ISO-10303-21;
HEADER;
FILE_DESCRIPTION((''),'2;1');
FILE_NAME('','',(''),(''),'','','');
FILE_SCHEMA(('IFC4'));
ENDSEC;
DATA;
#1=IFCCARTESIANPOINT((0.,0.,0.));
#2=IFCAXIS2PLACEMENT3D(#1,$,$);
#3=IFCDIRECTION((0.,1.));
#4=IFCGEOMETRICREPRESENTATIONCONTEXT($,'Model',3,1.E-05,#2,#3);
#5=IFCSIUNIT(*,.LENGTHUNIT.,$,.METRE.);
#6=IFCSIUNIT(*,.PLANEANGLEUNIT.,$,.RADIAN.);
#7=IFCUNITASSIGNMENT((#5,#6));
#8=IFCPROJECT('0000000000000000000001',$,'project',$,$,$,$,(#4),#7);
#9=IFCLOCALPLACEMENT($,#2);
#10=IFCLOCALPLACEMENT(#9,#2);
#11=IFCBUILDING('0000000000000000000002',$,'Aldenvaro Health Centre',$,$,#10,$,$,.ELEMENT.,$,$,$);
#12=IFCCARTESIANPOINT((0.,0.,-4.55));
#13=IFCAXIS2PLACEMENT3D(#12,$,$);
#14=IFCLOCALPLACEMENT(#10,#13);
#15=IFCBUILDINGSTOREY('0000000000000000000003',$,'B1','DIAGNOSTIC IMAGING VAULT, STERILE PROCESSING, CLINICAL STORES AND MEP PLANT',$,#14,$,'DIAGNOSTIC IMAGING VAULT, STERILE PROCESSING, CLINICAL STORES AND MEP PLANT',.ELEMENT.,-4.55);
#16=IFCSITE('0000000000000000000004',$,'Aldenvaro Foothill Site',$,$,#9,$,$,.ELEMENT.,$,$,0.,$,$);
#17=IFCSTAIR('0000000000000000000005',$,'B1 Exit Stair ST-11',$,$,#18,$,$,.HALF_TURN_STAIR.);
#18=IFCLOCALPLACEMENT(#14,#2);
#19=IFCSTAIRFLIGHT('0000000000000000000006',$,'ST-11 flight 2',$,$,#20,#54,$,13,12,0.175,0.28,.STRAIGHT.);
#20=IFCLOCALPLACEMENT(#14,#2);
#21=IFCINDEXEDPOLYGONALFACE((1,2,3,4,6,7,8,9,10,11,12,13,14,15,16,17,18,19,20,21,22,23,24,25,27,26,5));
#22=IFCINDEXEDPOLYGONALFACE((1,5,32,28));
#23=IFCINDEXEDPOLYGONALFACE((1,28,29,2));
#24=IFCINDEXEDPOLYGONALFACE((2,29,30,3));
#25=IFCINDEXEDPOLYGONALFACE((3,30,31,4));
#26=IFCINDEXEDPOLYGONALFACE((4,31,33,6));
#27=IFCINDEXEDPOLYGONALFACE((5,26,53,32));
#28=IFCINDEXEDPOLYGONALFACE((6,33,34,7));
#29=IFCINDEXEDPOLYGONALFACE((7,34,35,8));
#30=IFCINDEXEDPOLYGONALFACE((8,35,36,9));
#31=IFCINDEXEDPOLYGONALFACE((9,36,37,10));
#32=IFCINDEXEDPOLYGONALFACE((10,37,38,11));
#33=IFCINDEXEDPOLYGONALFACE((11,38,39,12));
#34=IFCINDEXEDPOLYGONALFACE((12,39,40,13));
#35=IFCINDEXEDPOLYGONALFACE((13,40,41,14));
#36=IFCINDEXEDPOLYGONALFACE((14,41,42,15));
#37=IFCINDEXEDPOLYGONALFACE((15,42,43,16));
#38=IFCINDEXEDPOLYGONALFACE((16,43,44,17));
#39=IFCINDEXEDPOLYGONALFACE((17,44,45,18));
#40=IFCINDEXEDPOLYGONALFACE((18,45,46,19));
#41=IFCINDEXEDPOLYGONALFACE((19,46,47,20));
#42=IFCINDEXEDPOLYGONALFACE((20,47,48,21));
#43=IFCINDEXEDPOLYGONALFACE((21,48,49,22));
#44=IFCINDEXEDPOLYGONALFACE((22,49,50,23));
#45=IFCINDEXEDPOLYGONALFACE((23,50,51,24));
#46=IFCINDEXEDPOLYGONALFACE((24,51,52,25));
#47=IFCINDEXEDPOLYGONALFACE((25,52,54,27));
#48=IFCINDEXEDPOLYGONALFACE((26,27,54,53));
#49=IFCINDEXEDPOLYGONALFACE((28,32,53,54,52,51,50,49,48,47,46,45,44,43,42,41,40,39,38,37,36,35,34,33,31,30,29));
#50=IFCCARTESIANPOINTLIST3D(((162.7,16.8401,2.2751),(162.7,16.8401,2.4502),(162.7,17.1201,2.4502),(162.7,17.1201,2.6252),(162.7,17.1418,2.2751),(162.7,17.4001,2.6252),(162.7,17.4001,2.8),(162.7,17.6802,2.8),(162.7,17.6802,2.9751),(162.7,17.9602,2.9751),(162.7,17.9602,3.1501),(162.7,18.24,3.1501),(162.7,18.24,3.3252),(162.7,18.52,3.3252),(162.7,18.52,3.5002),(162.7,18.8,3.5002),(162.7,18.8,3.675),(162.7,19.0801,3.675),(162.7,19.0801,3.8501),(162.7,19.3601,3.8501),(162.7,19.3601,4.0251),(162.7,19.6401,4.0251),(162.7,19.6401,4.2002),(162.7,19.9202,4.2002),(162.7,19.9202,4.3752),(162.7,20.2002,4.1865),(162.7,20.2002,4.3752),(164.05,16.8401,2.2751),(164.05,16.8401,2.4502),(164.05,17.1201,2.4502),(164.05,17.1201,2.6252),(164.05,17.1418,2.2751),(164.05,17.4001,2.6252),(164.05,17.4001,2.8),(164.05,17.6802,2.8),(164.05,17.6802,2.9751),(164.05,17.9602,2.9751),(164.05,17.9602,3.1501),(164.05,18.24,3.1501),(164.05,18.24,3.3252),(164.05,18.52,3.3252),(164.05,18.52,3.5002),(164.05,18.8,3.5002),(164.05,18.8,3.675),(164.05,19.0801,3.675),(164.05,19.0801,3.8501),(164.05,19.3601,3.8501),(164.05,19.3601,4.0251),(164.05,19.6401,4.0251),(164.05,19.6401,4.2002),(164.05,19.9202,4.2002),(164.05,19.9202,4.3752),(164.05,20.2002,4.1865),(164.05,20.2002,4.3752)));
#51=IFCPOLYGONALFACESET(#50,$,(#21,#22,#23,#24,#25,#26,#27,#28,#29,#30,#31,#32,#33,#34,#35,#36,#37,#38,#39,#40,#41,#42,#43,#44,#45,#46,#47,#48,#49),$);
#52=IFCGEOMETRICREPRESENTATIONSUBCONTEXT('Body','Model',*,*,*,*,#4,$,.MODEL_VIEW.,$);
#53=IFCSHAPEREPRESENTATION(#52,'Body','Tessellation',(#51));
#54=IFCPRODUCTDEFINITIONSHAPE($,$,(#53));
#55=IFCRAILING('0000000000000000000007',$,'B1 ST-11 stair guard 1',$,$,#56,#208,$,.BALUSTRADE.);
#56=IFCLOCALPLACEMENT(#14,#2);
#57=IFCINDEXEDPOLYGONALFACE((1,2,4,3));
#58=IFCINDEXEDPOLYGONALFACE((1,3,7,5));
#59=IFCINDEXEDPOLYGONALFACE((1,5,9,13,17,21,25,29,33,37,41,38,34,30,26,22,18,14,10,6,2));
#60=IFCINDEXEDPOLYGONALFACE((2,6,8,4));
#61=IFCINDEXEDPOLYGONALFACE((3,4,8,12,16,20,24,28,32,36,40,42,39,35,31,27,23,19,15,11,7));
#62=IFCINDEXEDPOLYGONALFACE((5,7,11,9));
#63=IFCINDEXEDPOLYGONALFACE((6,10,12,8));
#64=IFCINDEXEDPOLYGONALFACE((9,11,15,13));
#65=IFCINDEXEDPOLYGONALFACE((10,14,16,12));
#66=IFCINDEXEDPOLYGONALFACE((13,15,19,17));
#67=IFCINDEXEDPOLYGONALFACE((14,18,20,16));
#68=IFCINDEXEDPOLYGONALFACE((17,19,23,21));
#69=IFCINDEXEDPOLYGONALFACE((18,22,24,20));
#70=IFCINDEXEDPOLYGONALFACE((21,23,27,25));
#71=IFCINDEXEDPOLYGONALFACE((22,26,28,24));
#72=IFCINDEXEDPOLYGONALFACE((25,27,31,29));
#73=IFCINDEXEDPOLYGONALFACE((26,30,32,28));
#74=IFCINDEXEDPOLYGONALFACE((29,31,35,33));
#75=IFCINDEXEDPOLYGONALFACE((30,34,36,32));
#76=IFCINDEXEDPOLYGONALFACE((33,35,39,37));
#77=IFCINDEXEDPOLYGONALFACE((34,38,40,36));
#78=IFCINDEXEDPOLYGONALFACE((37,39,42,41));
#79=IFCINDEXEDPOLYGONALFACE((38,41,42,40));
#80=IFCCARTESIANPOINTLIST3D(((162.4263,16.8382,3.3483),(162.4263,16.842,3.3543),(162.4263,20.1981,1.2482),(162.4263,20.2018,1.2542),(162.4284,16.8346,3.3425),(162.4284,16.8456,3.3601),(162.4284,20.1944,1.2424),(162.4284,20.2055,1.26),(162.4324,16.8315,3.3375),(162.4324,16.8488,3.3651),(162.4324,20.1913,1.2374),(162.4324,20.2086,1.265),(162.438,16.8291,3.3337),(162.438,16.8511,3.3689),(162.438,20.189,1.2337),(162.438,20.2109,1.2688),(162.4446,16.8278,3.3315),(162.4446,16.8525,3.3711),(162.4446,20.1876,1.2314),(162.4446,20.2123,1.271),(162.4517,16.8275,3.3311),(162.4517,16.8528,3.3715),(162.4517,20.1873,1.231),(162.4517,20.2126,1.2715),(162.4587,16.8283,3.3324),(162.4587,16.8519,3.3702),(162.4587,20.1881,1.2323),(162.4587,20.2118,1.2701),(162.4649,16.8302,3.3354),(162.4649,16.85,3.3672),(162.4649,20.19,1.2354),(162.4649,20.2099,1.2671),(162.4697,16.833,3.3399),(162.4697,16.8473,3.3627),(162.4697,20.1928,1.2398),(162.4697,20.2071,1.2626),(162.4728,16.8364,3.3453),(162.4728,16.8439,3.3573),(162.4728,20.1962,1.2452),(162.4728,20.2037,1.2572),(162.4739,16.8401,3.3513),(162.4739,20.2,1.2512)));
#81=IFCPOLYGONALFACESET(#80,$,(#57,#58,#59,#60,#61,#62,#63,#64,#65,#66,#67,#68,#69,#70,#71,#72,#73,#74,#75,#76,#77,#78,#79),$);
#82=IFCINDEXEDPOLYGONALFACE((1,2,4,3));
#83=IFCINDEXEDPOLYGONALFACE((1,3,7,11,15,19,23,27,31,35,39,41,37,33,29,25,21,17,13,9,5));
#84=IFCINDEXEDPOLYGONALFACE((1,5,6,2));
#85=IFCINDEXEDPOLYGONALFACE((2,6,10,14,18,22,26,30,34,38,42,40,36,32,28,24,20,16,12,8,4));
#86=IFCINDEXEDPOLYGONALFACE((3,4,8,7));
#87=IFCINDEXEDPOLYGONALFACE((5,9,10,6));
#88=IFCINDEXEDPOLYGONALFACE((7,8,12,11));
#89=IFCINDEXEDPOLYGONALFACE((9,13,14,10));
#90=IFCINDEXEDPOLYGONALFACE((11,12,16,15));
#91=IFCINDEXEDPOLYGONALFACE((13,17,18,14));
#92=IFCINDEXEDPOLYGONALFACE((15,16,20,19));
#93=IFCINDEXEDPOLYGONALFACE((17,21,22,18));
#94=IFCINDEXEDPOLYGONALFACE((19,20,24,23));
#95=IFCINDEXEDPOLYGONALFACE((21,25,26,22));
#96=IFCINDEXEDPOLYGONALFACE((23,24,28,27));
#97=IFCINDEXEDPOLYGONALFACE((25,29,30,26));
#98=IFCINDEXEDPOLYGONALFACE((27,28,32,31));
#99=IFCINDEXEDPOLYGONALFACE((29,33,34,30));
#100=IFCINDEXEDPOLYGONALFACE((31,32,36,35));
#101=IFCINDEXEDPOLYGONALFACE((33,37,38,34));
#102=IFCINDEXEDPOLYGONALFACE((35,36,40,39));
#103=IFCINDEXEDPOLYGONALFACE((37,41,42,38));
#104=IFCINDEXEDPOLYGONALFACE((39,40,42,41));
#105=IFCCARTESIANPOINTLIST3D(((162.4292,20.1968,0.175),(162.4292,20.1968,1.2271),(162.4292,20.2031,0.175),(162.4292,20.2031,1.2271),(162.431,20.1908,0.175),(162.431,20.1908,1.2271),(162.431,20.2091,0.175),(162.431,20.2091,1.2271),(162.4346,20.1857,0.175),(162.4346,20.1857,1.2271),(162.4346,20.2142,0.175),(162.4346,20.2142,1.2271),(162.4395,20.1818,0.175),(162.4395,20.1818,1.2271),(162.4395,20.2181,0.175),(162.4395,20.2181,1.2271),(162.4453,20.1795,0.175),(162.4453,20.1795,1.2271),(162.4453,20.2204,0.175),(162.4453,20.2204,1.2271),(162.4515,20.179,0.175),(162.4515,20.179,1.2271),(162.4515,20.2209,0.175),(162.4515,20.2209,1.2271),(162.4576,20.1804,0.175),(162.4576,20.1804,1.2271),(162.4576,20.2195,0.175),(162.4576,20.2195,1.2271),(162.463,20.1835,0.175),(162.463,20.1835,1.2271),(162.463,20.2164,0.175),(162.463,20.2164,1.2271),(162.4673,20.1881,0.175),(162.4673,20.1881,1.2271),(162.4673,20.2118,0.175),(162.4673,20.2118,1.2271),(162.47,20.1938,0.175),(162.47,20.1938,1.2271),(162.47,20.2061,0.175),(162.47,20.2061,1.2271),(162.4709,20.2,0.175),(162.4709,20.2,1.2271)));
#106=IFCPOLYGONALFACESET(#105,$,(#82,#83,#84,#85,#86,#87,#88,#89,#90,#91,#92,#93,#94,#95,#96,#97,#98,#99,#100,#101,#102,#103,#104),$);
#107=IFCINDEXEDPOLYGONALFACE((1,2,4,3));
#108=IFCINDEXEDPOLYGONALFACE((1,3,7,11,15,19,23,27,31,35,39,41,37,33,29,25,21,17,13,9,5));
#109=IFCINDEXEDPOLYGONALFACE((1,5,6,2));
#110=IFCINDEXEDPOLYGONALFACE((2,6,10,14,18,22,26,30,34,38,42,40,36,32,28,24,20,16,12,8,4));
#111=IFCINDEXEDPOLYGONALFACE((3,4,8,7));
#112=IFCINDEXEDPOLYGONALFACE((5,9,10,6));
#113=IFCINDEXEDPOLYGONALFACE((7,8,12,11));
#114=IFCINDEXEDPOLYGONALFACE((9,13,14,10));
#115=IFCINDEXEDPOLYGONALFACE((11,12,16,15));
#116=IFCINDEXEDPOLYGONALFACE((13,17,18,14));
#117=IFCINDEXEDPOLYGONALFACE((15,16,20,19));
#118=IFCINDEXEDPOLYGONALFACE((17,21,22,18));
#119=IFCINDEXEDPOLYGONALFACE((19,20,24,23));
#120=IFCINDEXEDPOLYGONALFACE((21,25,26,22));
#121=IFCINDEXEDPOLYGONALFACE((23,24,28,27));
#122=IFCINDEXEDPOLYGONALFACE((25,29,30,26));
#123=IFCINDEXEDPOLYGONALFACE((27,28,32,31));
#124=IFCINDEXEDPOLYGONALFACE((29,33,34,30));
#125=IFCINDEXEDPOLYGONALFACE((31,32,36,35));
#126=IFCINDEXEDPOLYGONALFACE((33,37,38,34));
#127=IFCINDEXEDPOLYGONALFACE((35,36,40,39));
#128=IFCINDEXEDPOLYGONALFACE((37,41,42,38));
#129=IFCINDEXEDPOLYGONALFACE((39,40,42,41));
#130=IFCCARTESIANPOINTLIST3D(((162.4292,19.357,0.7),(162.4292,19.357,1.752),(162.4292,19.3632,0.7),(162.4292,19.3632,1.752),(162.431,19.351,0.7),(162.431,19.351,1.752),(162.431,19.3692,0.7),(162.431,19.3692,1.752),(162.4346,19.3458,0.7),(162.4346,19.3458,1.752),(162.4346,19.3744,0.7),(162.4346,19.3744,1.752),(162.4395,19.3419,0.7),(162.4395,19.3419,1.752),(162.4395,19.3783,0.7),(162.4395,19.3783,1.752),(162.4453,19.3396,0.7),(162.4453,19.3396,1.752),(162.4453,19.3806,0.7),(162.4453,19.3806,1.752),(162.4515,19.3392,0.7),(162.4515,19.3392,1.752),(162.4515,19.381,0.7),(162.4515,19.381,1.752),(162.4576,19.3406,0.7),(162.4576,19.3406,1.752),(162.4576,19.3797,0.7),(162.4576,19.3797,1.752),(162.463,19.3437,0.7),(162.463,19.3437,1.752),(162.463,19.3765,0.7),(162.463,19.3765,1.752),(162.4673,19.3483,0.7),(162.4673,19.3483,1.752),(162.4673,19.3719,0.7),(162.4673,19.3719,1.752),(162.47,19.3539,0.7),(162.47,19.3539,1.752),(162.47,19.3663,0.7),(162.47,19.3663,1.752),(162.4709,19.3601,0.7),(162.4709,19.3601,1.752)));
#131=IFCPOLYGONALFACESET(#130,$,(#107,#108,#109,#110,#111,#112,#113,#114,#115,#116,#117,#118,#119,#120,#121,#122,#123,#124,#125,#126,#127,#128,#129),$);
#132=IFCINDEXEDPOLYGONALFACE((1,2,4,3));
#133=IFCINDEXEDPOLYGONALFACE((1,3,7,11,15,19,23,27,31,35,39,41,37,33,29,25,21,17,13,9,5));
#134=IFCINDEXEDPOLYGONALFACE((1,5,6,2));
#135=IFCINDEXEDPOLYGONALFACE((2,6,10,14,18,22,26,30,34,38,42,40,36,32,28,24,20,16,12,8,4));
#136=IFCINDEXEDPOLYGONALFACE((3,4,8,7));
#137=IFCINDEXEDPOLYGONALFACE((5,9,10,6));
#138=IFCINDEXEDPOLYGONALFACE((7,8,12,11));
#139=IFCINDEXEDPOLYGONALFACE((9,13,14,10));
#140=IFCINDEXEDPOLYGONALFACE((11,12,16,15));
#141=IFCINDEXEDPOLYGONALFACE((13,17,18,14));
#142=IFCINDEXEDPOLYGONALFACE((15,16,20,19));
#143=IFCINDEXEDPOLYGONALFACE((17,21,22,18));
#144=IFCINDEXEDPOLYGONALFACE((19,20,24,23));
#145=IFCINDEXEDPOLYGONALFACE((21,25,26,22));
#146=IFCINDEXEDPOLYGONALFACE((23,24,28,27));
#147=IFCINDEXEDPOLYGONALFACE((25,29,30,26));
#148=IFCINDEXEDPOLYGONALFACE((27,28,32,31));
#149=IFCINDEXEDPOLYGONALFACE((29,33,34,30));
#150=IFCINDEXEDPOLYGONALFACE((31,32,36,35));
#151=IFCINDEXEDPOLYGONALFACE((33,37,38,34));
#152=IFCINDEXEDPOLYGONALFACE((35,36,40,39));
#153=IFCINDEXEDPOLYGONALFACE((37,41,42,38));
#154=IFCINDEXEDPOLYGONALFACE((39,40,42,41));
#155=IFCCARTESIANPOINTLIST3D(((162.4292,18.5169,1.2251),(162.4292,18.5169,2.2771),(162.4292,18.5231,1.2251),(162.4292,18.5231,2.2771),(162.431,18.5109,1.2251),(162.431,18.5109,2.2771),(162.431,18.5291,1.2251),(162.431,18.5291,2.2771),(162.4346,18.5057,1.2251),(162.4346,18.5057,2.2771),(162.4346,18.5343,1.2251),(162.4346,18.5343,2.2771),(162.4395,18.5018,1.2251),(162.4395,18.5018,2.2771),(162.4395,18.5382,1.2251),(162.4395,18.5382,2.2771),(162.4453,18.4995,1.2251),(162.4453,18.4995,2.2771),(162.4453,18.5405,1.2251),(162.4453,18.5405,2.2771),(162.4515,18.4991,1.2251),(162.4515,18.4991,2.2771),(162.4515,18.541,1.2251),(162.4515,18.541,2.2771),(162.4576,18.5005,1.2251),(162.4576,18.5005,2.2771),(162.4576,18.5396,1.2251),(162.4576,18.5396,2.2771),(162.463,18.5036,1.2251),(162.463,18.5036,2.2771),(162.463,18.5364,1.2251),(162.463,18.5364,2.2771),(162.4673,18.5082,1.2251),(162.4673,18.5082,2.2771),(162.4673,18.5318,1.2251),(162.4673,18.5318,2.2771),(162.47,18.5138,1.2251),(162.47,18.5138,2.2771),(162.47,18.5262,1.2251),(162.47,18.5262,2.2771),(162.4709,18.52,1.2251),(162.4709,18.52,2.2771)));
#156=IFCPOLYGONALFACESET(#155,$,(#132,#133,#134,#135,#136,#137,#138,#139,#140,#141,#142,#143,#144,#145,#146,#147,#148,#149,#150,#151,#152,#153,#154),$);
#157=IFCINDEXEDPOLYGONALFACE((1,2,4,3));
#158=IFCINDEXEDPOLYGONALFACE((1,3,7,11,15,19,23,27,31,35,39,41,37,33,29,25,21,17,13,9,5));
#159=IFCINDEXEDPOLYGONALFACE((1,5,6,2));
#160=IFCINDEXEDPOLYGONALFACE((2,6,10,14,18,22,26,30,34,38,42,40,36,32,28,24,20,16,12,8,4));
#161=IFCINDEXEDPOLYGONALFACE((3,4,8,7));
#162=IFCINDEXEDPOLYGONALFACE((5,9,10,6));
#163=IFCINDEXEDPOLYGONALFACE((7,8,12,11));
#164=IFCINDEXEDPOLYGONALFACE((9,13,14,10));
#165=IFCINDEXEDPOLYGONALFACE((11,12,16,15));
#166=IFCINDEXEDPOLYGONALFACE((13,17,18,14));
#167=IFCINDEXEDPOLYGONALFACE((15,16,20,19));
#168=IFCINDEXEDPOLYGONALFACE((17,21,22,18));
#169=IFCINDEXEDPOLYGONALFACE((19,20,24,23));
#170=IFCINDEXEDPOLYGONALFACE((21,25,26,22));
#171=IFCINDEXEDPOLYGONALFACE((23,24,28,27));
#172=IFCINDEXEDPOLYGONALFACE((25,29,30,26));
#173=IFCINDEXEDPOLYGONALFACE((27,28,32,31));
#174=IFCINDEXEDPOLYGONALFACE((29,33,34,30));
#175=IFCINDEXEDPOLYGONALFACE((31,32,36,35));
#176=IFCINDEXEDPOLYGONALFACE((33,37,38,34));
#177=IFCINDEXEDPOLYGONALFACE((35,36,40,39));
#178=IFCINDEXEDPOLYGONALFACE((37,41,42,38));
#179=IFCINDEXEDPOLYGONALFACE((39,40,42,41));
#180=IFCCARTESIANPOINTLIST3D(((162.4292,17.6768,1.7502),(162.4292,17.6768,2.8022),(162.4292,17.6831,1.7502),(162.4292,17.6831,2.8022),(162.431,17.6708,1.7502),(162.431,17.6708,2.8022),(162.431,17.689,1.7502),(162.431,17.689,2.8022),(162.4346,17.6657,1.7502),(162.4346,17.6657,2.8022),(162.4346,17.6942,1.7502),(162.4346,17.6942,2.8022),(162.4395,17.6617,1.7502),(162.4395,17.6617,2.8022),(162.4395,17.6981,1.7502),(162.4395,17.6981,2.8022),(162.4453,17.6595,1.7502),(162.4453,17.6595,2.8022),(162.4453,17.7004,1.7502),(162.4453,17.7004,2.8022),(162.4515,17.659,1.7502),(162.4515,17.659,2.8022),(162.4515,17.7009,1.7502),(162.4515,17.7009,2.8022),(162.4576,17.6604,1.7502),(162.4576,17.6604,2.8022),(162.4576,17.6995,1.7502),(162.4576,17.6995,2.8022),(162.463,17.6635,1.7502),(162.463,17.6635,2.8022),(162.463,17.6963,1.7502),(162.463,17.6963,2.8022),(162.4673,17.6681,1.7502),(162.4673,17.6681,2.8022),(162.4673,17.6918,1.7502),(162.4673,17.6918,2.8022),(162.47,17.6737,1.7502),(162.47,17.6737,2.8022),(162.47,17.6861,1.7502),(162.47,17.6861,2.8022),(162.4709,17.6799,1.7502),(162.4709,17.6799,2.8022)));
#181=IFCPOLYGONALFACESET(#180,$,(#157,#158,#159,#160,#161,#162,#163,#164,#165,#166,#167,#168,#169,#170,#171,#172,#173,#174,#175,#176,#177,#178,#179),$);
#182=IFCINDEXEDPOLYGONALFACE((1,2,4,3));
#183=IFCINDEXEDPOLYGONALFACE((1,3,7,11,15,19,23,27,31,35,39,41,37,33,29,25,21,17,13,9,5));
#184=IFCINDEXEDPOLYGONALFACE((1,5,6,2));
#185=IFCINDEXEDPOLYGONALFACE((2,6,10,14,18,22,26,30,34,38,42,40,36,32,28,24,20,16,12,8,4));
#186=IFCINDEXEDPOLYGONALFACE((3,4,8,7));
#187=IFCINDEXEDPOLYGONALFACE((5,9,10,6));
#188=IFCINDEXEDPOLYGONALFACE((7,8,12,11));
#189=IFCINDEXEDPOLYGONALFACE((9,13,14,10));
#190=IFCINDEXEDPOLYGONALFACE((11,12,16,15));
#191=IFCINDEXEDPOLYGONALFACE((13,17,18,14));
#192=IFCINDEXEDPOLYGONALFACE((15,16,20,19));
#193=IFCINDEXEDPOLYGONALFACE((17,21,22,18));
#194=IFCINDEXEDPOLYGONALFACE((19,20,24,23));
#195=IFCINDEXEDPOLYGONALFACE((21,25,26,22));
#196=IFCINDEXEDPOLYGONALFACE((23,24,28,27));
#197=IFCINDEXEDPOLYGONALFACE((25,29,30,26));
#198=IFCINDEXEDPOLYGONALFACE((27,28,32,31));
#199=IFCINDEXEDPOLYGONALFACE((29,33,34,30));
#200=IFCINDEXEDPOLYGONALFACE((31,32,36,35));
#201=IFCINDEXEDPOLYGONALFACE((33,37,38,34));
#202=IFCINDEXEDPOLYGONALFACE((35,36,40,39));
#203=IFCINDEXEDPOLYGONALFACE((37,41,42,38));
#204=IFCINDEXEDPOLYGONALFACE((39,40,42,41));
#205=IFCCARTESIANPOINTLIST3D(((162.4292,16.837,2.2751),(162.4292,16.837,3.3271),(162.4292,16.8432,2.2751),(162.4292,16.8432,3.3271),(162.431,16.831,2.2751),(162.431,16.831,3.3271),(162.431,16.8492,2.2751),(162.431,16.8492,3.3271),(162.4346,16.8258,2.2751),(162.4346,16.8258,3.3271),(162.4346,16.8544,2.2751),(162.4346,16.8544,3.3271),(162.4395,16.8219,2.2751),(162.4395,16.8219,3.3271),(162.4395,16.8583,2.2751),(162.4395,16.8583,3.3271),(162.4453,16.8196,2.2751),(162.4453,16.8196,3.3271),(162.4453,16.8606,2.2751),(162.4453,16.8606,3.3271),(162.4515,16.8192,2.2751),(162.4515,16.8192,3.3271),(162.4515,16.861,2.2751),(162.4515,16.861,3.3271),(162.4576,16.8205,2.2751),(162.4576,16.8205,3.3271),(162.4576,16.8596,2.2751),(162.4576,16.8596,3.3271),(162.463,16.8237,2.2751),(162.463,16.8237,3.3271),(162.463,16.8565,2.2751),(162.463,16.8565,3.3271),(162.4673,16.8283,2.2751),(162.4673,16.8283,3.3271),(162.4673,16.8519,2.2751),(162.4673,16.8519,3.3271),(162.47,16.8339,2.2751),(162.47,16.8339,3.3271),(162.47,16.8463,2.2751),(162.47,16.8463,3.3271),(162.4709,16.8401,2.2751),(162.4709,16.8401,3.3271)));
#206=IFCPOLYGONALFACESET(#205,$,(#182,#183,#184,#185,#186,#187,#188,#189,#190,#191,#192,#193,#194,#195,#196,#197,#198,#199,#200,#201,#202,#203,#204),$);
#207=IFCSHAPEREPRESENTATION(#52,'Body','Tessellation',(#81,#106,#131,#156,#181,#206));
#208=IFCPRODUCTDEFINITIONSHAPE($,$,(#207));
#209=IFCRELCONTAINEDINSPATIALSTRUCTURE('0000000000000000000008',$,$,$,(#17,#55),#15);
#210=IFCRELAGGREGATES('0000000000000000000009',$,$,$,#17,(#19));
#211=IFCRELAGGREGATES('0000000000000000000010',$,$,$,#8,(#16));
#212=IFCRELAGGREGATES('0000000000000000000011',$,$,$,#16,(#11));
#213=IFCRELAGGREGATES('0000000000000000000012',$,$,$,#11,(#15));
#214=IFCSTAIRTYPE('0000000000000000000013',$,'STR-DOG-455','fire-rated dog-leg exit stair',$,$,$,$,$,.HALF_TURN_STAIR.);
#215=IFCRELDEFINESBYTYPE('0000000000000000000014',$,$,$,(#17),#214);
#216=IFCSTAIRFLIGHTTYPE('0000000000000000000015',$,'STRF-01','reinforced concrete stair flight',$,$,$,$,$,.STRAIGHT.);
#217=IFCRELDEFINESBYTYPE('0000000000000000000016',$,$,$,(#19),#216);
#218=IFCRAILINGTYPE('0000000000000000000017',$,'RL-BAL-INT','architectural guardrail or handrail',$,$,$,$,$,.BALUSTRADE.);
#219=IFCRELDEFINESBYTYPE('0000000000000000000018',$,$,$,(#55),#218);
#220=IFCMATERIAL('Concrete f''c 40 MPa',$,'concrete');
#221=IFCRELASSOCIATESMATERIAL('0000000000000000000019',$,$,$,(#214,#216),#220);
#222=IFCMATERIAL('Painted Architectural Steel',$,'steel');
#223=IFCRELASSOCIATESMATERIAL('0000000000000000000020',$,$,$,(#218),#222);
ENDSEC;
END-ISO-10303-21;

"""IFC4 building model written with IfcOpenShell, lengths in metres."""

from ifc_helpers import new_model, si_unit, direction, frame, origin, origin_2d, place, context, subcontext, project, spatial, polyline, circle, outline, extrude, material, type_object, element, aggregate, save


model = new_model("IFC4")

# Units and contexts
model_context = context("Model", 3, precision=1e-05, world=origin(), true_north=direction((0.0, 1.0)))
body_context = subcontext(model_context, "Body", "Model", "MODEL_VIEW")
ifc_project = project(units=[si_unit("LENGTHUNIT", "METRE"), si_unit("PLANEANGLEUNIT", "RADIAN")], contexts=[model_context])

# Site, building, storey
site_placement = place(None, origin())
site = spatial("IfcSite", under=ifc_project, at=site_placement, Name="Aldenvaro Foothill Site", CompositionType="ELEMENT", RefElevation=0.0)
building_placement = place(site_placement, origin())
building = spatial("IfcBuilding", under=site, at=building_placement, Name="Aldenvaro Health Centre", CompositionType="ELEMENT")
storey_placement = place(building_placement, frame((0.0, 0.0, -4.55)))
storey = spatial("IfcBuildingStorey", under=building, at=storey_placement, Name="B1", Description="DIAGNOSTIC IMAGING VAULT, STERILE PROCESSING, CLINICAL STORES AND MEP PLANT", LongName="DIAGNOSTIC IMAGING VAULT, STERILE PROCESSING, CLINICAL STORES AND MEP PLANT", CompositionType="ELEMENT", Elevation=-4.55)

# Shared definitions
ifc_material_1 = material(Name="Concrete f'c 40 MPa", Category="concrete")

# Stair, stair flight
stair_type = type_object("IfcStairType", Name="STR-DOG-455", Description="fire-rated dog-leg exit stair", PredefinedType="HALF_TURN_STAIR", material=ifc_material_1)
stair_placement = place(storey_placement, origin())
stair = element("IfcStair", 1, at=stair_placement, inside=storey, type_object=stair_type, Name="B1 Exit Stair ST-11", PredefinedType="HALF_TURN_STAIR")
stair_flight_type = type_object("IfcStairFlightType", Name="STRF-01", Description="reinforced concrete stair flight", PredefinedType="STRAIGHT", material=ifc_material_1)
stair_flight_1_placement = place(storey_placement, frame((163.375, 16.8401, 2.2751), z_axis=(0.0, 0.0, 1.0), x_axis=(0.0, 1.0, 0.0)))
stair_flight_1 = element("IfcStairFlight", 2, at=stair_flight_1_placement, type_object=stair_flight_type, Name="ST-11 flight 2", NumberOfRisers=13, NumberOfTreads=12, PredefinedType="STRAIGHT", RiserHeight=0.175, TreadLength=0.28, context=body_context, shape_type="SweptSolid", body=[
    extrude(outline(polyline([(0.0, 0.0), (0.0, 0.175), (0.28, 0.175), (0.28, 0.3501), (0.5601, 0.3501), (0.5601, 0.5249), (0.8401, 0.5249), (0.8401, 0.7), (1.1201, 0.7), (1.1201, 0.875), (1.3999, 0.875), (1.3999, 1.05), (1.6799, 1.05), (1.6799, 1.2251), (1.96, 1.2251), (1.96, 1.3999), (2.24, 1.3999), (2.24, 1.575), (2.52, 1.575), (2.52, 1.75), (2.8, 1.75), (2.8, 1.925), (3.0801, 1.925), (3.0801, 2.1001), (3.3601, 2.1001), (3.3601, 2.2749), (3.3601, 1.9114), (0.3018, 0.0), (0.0, 0.0)])), frame((0.0, 0.675, 0.0), z_axis=(0.0, -1.0, 0.0), x_axis=(1.0, 0.0, 0.0)), (0.0, 0.0, 1.0), 1.3501),
])
aggregate(stair, [stair_flight_1])

# Railing
ifc_material_2 = material(Name="Painted Architectural Steel", Category="steel")
railing_type_1 = type_object("IfcRailingType", Name="RL-BAL-INT", Description="architectural guardrail or handrail", PredefinedType="BALUSTRADE", material=ifc_material_2)
railing_1_placement = place(storey_placement, frame((162.45, 20.2, 0.175)))
element("IfcRailing", 3, at=railing_1_placement, inside=storey, type_object=railing_type_1, Name="B1 ST-11 stair guard 1", PredefinedType="BALUSTRADE", context=body_context, shape_type="SweptSolid", body=[
    extrude(circle(Radius=0.0239, at=origin_2d()), frame((0.0, 0.0, 1.0762), z_axis=(0.0, -0.847978, 0.530032), x_axis=(1.0, 0.0, 0.0)), (0.0, 0.0, 1.0), 3.9622),
    extrude(circle(Radius=0.021, at=origin_2d()), origin(), (0.0, 0.0, 1.0), 1.052),
    extrude(circle(Radius=0.021, at=origin_2d()), frame((0.0, -0.8398, 0.5249)), (0.0, 0.0, 1.0), 1.052),
    extrude(circle(Radius=0.021, at=origin_2d()), frame((0.0, -1.6799, 1.05)), (0.0, 0.0, 1.0), 1.052),
    extrude(circle(Radius=0.021, at=origin_2d()), frame((0.0, -2.52, 1.5752)), (0.0, 0.0, 1.0), 1.052),
    extrude(circle(Radius=0.021, at=origin_2d()), frame((0.0, -3.3599, 2.1001)), (0.0, 0.0, 1.0), 1.052),
])

save(model, "model.ifc")
